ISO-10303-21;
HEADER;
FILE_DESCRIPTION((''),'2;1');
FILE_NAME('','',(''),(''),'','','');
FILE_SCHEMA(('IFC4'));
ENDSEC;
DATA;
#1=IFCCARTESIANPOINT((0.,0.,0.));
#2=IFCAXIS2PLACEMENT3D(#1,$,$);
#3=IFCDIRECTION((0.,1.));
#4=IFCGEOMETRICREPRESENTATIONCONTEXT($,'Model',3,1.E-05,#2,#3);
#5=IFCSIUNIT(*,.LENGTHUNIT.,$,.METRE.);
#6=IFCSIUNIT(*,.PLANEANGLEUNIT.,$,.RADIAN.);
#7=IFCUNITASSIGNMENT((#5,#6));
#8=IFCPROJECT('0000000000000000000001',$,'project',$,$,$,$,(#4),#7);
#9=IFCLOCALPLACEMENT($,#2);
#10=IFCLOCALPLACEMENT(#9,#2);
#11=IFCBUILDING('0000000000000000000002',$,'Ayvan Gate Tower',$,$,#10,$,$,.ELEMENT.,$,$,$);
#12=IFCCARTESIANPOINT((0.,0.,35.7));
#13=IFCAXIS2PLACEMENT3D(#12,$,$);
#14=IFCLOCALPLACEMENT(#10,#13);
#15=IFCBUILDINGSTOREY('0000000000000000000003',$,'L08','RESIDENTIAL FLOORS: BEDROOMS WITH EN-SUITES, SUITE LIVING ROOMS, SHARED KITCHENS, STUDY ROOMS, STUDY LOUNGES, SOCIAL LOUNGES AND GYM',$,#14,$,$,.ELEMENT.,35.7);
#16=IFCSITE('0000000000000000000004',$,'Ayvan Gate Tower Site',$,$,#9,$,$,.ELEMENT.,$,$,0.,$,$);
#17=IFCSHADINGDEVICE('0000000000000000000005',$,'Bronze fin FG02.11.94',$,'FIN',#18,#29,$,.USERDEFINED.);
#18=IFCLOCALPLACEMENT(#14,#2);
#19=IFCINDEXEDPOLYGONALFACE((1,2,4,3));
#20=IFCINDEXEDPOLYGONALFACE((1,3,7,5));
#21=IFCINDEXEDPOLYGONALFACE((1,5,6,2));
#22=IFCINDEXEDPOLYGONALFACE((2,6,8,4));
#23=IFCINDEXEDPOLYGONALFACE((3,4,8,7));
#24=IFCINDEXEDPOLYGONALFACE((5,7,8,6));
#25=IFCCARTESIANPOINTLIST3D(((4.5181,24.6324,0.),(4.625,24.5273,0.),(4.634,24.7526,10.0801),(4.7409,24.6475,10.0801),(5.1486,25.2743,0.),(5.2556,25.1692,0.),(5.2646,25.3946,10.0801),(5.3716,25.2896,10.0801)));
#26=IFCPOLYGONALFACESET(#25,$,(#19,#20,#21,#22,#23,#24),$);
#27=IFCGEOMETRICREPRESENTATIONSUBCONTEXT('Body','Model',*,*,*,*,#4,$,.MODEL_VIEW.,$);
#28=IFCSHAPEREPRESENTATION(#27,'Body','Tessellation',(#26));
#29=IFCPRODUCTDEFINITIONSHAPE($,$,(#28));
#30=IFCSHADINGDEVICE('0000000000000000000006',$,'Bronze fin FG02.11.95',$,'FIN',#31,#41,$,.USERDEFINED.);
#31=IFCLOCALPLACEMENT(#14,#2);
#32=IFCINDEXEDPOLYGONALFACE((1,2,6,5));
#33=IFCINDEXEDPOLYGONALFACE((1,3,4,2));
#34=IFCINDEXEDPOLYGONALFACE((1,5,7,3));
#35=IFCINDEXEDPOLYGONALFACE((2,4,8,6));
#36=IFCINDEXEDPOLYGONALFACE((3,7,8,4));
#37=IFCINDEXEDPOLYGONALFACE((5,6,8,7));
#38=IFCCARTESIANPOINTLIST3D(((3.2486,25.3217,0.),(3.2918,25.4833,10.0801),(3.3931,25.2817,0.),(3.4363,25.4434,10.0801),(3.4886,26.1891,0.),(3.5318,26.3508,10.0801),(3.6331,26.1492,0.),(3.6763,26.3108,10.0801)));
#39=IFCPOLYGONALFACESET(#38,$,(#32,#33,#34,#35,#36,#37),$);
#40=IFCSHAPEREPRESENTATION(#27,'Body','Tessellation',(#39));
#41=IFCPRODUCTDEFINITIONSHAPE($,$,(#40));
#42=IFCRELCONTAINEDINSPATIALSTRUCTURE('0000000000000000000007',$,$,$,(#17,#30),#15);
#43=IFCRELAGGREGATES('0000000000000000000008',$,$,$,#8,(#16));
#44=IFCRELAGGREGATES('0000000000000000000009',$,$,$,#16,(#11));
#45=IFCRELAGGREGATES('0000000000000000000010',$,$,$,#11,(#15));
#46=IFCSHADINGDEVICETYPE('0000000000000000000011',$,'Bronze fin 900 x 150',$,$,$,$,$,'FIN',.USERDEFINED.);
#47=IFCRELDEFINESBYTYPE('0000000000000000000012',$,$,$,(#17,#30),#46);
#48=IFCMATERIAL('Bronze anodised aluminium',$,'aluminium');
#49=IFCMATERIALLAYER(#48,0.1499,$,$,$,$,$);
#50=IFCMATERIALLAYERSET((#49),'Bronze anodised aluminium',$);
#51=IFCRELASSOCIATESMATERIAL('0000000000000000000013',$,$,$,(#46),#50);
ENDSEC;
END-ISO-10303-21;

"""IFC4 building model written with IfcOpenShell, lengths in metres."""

from ifc_helpers import new_model, si_unit, direction, frame, origin, place, context, subcontext, project, spatial, polyline, outline, extrude, material, layer, layer_set, type_object, element, save


model = new_model("IFC4")

# Units and contexts
model_context = context("Model", 3, precision=1e-05, world=origin(), true_north=direction((0.0, 1.0)))
body_context = subcontext(model_context, "Body", "Model", "MODEL_VIEW")
ifc_project = project(units=[si_unit("LENGTHUNIT", "METRE"), si_unit("PLANEANGLEUNIT", "RADIAN")], contexts=[model_context])

# Site, building, storey
site_placement = place(None, origin())
site = spatial("IfcSite", under=ifc_project, at=site_placement, Name="Ayvan Gate Tower Site", CompositionType="ELEMENT", RefElevation=0.0)
building_placement = place(site_placement, origin())
building = spatial("IfcBuilding", under=site, at=building_placement, Name="Ayvan Gate Tower", CompositionType="ELEMENT")
storey_placement = place(building_placement, frame((0.0, 0.0, 35.7)))
storey = spatial("IfcBuildingStorey", under=building, at=storey_placement, Name="L08", Description="RESIDENTIAL FLOORS: BEDROOMS WITH EN-SUITES, SUITE LIVING ROOMS, SHARED KITCHENS, STUDY ROOMS, STUDY LOUNGES, SOCIAL LOUNGES AND GYM", CompositionType="ELEMENT", Elevation=35.7)

# Shared definitions
ifc_material_1 = material(Name="Bronze anodised aluminium", Category="aluminium")

# Shading devices
ifc_layer_1 = layer(ifc_material_1, 0.1499)
ifc_layer_set_1 = layer_set([ifc_layer_1], Name="Bronze anodised aluminium")
shading_device_type = type_object("IfcShadingDeviceType", Name="Bronze fin 900 x 150", ElementType="FIN", PredefinedType="USERDEFINED", material=ifc_layer_set_1)
shading_device_1_placement = place(storey_placement, frame((4.625, 24.5273, 0.0), z_axis=(0.713386, -0.700771, 0.000152), x_axis=(0.700771, 0.713386, 0.0)))
element("IfcShadingDevice", 1, at=shading_device_1_placement, inside=storey, type_object=shading_device_type, Name="Bronze fin FG02.11.94", ObjectType="FIN", PredefinedType="USERDEFINED", context=body_context, shape_type="SweptSolid", body=[
    extrude(outline(polyline([(0.0, 0.0), (0.8998, 0.0), (1.0669, 10.0801), (0.167, 10.0801), (0.0, 0.0)])), origin(), (0.0, 0.0, -1.0), 0.1499),
])
shading_device_2_placement = place(storey_placement, frame((3.3931, 25.2817, 0.0), z_axis=(0.963793, -0.26665, 0.000144), x_axis=(0.26665, 0.963793, 0.0)))
element("IfcShadingDevice", 2, at=shading_device_2_placement, inside=storey, type_object=shading_device_type, Name="Bronze fin FG02.11.95", ObjectType="FIN", PredefinedType="USERDEFINED", context=body_context, shape_type="SweptSolid", body=[
    extrude(outline(polyline([(0.0, 0.0), (0.9, 0.0), (1.0673, 10.0801), (0.1673, 10.0801), (0.0, 0.0)])), origin(), (0.0, 0.0, -1.0), 0.1499),
])

save(model, "model.ifc")
